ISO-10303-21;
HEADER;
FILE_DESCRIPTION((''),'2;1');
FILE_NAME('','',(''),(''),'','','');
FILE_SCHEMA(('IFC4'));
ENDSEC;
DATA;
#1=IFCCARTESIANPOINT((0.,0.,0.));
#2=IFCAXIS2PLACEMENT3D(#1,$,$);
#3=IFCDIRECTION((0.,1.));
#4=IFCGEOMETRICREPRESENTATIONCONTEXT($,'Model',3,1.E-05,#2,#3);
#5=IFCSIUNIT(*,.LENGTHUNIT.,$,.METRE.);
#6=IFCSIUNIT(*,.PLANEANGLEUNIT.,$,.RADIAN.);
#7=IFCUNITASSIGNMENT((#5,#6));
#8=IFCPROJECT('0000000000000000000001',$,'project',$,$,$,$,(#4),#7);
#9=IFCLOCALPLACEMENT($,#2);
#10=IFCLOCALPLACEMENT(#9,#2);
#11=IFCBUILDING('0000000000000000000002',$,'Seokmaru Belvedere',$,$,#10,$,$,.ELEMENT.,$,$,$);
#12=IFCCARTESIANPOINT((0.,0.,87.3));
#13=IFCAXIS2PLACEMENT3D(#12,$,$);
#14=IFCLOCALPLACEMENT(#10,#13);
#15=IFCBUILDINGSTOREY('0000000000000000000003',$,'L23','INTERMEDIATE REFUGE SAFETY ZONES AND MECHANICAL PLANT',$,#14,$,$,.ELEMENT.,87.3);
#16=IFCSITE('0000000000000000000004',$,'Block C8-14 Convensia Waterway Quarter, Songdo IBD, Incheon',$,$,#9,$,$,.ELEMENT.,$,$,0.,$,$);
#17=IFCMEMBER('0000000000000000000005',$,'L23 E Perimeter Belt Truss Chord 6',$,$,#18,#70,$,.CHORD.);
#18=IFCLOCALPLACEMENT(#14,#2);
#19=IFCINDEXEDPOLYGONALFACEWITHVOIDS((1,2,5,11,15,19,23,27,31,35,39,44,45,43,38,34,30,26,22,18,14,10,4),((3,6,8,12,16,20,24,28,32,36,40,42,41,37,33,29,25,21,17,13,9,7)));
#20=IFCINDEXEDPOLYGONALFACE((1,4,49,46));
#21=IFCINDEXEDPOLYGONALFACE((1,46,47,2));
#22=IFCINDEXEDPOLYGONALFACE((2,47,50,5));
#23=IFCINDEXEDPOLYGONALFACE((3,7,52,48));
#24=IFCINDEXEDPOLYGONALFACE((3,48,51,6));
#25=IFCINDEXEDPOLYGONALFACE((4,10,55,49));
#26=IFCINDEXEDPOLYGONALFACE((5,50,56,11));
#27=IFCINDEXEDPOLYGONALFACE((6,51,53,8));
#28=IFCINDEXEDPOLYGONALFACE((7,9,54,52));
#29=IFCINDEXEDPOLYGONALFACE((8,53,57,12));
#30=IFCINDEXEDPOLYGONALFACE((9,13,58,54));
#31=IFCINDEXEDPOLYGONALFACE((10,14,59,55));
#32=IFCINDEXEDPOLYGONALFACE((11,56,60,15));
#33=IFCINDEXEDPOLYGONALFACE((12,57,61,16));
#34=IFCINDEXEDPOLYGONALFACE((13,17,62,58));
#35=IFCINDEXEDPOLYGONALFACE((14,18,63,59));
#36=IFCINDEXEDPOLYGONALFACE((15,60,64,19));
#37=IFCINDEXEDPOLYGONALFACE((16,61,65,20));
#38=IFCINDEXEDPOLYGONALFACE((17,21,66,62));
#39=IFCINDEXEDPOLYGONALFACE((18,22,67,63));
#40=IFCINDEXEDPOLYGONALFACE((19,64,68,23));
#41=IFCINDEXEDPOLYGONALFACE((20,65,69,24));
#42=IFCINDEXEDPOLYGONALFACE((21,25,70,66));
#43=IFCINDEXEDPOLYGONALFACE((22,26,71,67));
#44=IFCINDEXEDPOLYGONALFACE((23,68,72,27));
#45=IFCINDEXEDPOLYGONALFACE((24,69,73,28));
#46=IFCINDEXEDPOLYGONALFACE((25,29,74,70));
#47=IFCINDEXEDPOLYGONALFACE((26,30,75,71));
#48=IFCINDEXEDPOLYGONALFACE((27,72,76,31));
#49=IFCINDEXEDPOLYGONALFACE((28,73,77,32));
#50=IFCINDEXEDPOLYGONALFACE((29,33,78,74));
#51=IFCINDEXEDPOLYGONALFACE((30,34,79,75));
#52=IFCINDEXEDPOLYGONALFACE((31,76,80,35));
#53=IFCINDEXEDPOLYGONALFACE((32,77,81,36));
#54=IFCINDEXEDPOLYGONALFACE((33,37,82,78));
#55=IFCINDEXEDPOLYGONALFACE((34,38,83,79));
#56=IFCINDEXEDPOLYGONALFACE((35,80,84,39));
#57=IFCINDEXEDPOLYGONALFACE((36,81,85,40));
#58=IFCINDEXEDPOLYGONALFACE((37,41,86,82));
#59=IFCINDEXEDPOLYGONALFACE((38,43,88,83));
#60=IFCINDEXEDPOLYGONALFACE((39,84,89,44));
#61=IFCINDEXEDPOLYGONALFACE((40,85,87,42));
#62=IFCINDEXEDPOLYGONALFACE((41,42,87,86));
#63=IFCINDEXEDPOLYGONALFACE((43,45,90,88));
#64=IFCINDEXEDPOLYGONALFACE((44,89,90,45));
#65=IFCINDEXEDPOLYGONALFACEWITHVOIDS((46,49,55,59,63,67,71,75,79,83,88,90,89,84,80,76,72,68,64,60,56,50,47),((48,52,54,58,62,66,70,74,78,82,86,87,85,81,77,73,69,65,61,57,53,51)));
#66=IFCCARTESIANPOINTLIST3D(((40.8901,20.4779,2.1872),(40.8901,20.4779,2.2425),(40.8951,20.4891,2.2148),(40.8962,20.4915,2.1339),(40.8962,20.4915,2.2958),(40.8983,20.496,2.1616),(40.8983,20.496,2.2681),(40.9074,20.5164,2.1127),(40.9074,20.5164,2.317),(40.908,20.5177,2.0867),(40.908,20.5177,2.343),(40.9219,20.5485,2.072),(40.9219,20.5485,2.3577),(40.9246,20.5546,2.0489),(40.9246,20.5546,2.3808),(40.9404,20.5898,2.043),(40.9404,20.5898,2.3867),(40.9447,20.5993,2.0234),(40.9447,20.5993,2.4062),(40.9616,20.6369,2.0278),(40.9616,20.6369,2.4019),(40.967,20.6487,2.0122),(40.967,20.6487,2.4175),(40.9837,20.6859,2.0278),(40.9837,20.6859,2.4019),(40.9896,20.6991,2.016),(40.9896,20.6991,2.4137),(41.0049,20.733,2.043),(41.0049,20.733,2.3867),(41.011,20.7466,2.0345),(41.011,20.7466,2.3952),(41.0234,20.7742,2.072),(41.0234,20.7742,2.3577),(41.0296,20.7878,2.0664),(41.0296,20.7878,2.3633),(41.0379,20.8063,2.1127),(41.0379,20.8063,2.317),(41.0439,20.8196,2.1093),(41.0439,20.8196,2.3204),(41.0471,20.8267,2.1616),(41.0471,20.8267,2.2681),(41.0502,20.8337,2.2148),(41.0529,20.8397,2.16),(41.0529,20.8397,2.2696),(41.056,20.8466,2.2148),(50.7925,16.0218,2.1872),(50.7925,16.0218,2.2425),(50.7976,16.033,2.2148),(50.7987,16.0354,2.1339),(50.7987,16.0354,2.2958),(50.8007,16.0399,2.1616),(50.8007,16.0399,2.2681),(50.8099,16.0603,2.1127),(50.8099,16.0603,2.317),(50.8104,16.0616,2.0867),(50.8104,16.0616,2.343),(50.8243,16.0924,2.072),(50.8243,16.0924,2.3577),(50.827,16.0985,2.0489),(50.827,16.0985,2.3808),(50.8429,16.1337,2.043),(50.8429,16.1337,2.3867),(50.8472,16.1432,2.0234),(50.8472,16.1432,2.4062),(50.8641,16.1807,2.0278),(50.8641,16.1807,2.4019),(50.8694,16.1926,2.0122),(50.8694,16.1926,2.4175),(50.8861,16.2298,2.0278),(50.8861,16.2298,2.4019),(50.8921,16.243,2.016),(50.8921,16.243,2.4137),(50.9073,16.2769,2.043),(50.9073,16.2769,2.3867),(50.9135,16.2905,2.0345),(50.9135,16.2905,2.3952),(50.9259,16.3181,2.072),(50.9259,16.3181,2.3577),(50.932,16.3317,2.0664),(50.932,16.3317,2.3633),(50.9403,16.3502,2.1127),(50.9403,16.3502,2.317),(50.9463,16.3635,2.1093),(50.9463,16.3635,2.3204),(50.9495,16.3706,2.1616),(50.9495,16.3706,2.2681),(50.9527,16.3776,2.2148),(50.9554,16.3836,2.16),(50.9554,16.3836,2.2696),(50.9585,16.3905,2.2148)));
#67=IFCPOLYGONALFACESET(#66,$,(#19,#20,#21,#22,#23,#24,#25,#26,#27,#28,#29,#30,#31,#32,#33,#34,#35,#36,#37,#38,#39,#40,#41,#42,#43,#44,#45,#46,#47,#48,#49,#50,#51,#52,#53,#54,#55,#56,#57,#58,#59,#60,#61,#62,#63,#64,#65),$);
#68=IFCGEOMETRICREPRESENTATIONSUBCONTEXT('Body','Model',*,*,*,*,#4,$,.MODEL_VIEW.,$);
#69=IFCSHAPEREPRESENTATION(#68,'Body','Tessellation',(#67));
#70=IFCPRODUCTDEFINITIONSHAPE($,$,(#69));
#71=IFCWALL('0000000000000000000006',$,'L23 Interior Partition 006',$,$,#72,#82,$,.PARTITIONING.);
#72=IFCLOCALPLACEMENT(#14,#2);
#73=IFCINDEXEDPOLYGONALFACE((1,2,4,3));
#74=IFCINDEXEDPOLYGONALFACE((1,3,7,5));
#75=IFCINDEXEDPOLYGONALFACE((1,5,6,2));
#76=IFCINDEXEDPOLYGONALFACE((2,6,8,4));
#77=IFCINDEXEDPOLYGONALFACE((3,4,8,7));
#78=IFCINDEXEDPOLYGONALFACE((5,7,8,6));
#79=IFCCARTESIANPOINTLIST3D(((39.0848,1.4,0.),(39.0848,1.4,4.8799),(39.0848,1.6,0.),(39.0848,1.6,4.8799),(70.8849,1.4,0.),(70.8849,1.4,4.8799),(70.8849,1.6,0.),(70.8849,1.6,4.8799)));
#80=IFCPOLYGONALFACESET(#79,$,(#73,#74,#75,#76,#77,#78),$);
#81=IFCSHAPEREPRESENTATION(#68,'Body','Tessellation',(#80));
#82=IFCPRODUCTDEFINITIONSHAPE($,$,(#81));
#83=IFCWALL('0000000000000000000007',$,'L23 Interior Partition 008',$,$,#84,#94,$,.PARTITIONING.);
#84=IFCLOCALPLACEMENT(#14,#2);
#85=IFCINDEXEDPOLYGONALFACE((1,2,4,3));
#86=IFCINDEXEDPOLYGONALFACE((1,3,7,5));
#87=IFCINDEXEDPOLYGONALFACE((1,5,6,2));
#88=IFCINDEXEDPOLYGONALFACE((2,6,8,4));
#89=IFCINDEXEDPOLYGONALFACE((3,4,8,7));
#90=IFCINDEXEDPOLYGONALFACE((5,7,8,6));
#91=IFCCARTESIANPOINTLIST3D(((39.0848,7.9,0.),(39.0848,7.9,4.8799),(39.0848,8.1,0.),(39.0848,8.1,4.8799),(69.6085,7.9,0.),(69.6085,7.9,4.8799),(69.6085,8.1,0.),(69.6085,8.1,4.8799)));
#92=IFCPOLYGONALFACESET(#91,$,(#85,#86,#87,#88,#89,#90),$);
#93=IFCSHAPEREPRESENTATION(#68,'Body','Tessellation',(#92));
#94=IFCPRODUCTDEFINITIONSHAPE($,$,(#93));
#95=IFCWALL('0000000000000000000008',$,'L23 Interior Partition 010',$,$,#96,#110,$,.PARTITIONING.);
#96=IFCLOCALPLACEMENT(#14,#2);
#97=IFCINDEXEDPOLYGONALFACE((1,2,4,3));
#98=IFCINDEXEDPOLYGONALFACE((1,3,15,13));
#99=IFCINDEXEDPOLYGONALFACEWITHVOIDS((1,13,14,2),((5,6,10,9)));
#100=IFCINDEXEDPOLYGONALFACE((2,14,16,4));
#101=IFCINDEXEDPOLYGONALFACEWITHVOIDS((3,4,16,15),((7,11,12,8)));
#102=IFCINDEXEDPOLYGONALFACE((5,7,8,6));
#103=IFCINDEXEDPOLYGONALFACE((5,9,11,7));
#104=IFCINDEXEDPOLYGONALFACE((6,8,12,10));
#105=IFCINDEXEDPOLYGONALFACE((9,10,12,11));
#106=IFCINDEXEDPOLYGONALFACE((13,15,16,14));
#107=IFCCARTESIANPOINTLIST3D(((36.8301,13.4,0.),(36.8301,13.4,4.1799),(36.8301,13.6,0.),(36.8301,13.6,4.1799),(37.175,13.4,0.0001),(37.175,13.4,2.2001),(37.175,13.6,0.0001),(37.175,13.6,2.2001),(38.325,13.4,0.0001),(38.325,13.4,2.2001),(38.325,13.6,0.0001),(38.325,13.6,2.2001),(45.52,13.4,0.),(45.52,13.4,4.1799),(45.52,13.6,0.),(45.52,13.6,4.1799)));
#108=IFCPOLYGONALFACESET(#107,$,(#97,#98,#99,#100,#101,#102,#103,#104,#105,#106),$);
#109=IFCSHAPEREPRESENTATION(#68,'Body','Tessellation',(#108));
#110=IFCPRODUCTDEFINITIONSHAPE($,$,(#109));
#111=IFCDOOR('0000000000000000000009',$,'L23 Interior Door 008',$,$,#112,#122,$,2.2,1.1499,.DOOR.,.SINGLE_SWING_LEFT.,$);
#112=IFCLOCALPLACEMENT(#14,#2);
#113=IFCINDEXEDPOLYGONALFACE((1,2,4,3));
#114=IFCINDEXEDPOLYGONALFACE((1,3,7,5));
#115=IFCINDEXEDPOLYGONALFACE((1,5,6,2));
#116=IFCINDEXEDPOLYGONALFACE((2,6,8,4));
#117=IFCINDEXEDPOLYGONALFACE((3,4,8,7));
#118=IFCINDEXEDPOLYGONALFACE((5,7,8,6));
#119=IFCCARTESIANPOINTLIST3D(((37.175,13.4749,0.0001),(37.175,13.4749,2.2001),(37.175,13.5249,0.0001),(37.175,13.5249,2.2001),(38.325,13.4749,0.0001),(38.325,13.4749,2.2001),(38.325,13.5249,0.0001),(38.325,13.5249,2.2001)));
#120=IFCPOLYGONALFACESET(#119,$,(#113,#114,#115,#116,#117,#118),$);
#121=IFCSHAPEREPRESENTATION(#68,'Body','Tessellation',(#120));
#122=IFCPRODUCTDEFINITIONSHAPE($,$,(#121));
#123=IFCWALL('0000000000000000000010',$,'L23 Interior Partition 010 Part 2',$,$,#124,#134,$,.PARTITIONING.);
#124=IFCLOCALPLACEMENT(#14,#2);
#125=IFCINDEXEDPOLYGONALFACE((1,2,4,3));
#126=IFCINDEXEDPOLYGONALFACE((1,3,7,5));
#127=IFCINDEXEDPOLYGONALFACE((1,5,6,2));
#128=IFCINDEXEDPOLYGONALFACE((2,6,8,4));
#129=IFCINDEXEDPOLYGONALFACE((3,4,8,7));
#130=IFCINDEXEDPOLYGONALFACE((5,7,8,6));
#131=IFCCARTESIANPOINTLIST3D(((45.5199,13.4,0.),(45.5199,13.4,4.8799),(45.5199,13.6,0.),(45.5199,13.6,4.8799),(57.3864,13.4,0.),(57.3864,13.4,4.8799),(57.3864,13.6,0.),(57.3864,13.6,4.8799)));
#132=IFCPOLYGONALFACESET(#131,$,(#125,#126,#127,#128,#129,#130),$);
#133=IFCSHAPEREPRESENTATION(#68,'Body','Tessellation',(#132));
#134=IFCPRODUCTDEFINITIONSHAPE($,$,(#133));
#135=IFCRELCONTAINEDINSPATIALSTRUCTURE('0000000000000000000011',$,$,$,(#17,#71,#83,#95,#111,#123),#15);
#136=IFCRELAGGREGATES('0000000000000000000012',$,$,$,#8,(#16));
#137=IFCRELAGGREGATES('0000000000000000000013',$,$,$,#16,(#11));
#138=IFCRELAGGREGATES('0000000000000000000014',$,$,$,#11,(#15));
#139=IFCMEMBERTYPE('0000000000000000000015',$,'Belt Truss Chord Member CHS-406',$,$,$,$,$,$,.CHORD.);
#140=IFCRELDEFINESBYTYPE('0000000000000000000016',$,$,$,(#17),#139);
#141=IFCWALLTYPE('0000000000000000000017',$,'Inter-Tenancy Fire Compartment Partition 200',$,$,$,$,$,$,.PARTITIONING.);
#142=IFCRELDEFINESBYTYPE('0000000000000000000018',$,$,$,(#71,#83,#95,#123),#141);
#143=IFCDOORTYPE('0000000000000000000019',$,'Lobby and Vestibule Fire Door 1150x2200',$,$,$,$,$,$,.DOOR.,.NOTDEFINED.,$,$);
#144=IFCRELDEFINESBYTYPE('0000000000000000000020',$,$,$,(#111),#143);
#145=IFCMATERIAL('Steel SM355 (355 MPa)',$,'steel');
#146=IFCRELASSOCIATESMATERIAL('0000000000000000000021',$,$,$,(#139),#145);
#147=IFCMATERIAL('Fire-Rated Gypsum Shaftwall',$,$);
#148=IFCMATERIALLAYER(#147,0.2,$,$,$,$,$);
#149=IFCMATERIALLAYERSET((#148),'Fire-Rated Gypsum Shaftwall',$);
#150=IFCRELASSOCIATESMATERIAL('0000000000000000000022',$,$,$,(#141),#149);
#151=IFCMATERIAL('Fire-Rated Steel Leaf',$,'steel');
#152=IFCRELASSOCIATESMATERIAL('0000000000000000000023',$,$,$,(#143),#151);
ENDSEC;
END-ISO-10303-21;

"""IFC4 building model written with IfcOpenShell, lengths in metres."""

from ifc_helpers import new_model, si_unit, direction, frame, frame_2d, origin, origin_2d, place, context, subcontext, project, spatial, rectangle, hollow_circle, extrude, source, transform, mapped, material, layer, layer_set, material_profile, profile_set, type_object, type_shapes, element, fill, save


model = new_model("IFC4")

# Units and contexts
model_context = context("Model", 3, precision=1e-05, world=origin(), true_north=direction((0.0, 1.0)))
body_context = subcontext(model_context, "Body", "Model", "MODEL_VIEW")
ifc_project = project(units=[si_unit("LENGTHUNIT", "METRE"), si_unit("PLANEANGLEUNIT", "RADIAN")], contexts=[model_context])

# Site, building, storey
site_placement = place(None, origin())
site = spatial("IfcSite", under=ifc_project, at=site_placement, Name="Block C8-14 Convensia Waterway Quarter, Songdo IBD, Incheon", CompositionType="ELEMENT", RefElevation=0.0)
building_placement = place(site_placement, origin())
building = spatial("IfcBuilding", under=site, at=building_placement, Name="Seokmaru Belvedere", CompositionType="ELEMENT")
storey_placement = place(building_placement, frame((0.0, 0.0, 87.3)))
storey = spatial("IfcBuildingStorey", under=building, at=storey_placement, Name="L23", Description="INTERMEDIATE REFUGE SAFETY ZONES AND MECHANICAL PLANT", CompositionType="ELEMENT", Elevation=87.3)

# Shared definitions
ifc_material_1 = material(Name="Steel SM355 (355 MPa)", Category="steel")

# Member
ifc_material_profile_1 = material_profile(ifc_material_1, hollow_circle(Radius=0.2031, WallThickness=0.0142, at=origin_2d()), Name="CHS-406.4x14.2")
ifc_profile_set_1 = profile_set([ifc_material_profile_1], Name="Steel SM355 (355 MPa)")
member_type_1 = type_object("IfcMemberType", Name="Belt Truss Chord Member CHS-406", PredefinedType="CHORD", material=ifc_profile_set_1)
shared_shape_1 = source(origin(), body_context, "Body", "SweptSolid", [
    extrude(hollow_circle(Radius=0.2031, WallThickness=0.0142, at=origin_2d()), origin(), (0.0, 0.0, 1.0), 10.8589),
])
type_shapes(member_type_1, [shared_shape_1])
member_1_placement = place(storey_placement, frame((40.9727, 20.6614, 2.2148), z_axis=(0.911922, -0.410365, 0.0), x_axis=(0.410365, 0.911922, 0.0)))
element("IfcMember", 1, at=member_1_placement, inside=storey, type_object=member_type_1, Name="L23 E Perimeter Belt Truss Chord 6", PredefinedType="CHORD", context=body_context, shape_type="MappedRepresentation", body=[
    mapped(shared_shape_1, transform((0.0, 0.0, 0.0), scale=1.0)),
])

# Walls
ifc_material_2 = material(Name="Fire-Rated Gypsum Shaftwall")
ifc_layer_1 = layer(ifc_material_2, 0.2)
ifc_layer_set_1 = layer_set([ifc_layer_1], Name="Fire-Rated Gypsum Shaftwall")
wall_type_1 = type_object("IfcWallType", Name="Inter-Tenancy Fire Compartment Partition 200", PredefinedType="PARTITIONING", material=ifc_layer_set_1)
wall_1_placement = place(storey_placement, frame((39.085, 1.5, 0.0), z_axis=(0.0, 0.0, 1.0), x_axis=(1.0, 0.0, 0.0)))
element("IfcWall", 2, at=wall_1_placement, inside=storey, type_object=wall_type_1, Name="L23 Interior Partition 006", PredefinedType="PARTITIONING", context=body_context, shape_type="SweptSolid", body=[
    extrude(rectangle(XDim=31.8, YDim=0.2, at=frame_2d((15.8999, 0.0))), origin(), (0.0, 0.0, 1.0), 4.8799),
])
wall_2_placement = place(storey_placement, frame((39.085, 8.0, 0.0), z_axis=(0.0, 0.0, 1.0), x_axis=(1.0, 0.0, 0.0)))
element("IfcWall", 3, at=wall_2_placement, inside=storey, type_object=wall_type_1, Name="L23 Interior Partition 008", PredefinedType="PARTITIONING", context=body_context, shape_type="SweptSolid", body=[
    extrude(rectangle(XDim=30.5237, YDim=0.2, at=frame_2d((15.2617, 0.0))), origin(), (0.0, 0.0, 1.0), 4.8799),
])

# Wall, opening, door
wall_3_placement = place(storey_placement, frame((36.8301, 13.5, 0.0), z_axis=(0.0, 0.0, 1.0), x_axis=(1.0, 0.0, 0.0)))
wall_3 = element("IfcWall", 4, at=wall_3_placement, inside=storey, type_object=wall_type_1, Name="L23 Interior Partition 010", PredefinedType="PARTITIONING", context=body_context, shape_type="SweptSolid", body=[
    extrude(rectangle(XDim=8.6899, YDim=0.2, at=frame_2d((4.345, 0.0))), origin(), (0.0, 0.0, 1.0), 4.1799),
])
opening_1_placement = place(wall_3_placement, frame((0.345, 0.0, 0.0)))
opening_1 = element("IfcOpeningElement", 5, at=opening_1_placement, cuts=wall_3, PredefinedType="OPENING", context=body_context, shape_type="SweptSolid", body=[
    extrude(rectangle(XDim=1.1499, YDim=2.2, at=frame_2d((0.575, 1.1001))), frame((0.0, 0.1099, 0.0), z_axis=(0.0, -1.0, 0.0), x_axis=(1.0, 0.0, 0.0)), (0.0, 0.0, 1.0), 0.22),
])
ifc_material_3 = material(Name="Fire-Rated Steel Leaf", Category="steel")
door_type_1 = type_object("IfcDoorType", Name="Lobby and Vestibule Fire Door 1150x2200", OperationType="NOTDEFINED", PredefinedType="DOOR", material=ifc_material_3)
shared_shape_2 = source(origin(), body_context, "Body", "SweptSolid", [
    extrude(rectangle(XDim=1.1499, YDim=2.2, at=frame_2d((0.575, 1.1001))), frame((0.0, 0.0249, 0.0), z_axis=(0.0, -1.0, 0.0), x_axis=(1.0, 0.0, 0.0)), (0.0, 0.0, 1.0), 0.05),
])
type_shapes(door_type_1, [shared_shape_2])
door_1_placement = place(opening_1_placement, origin())
door_1 = element("IfcDoor", 6, at=door_1_placement, inside=storey, type_object=door_type_1, Name="L23 Interior Door 008", OperationType="SINGLE_SWING_LEFT", OverallHeight=2.2, OverallWidth=1.1499, PredefinedType="DOOR", context=body_context, shape_type="MappedRepresentation", body=[
    mapped(shared_shape_2, transform((0.0, 0.0, 0.0), scale=1.0)),
])
fill(opening_1, door_1)

# Wall
wall_4_placement = place(storey_placement, frame((45.52, 13.5, 0.0), z_axis=(0.0, 0.0, 1.0), x_axis=(1.0, 0.0, 0.0)))
element("IfcWall", 7, at=wall_4_placement, inside=storey, type_object=wall_type_1, Name="L23 Interior Partition 010 Part 2", PredefinedType="PARTITIONING", context=body_context, shape_type="SweptSolid", body=[
    extrude(rectangle(XDim=11.8665, YDim=0.2, at=frame_2d((5.9331, 0.0))), origin(), (0.0, 0.0, 1.0), 4.8799),
])

save(model, "model.ifc")
